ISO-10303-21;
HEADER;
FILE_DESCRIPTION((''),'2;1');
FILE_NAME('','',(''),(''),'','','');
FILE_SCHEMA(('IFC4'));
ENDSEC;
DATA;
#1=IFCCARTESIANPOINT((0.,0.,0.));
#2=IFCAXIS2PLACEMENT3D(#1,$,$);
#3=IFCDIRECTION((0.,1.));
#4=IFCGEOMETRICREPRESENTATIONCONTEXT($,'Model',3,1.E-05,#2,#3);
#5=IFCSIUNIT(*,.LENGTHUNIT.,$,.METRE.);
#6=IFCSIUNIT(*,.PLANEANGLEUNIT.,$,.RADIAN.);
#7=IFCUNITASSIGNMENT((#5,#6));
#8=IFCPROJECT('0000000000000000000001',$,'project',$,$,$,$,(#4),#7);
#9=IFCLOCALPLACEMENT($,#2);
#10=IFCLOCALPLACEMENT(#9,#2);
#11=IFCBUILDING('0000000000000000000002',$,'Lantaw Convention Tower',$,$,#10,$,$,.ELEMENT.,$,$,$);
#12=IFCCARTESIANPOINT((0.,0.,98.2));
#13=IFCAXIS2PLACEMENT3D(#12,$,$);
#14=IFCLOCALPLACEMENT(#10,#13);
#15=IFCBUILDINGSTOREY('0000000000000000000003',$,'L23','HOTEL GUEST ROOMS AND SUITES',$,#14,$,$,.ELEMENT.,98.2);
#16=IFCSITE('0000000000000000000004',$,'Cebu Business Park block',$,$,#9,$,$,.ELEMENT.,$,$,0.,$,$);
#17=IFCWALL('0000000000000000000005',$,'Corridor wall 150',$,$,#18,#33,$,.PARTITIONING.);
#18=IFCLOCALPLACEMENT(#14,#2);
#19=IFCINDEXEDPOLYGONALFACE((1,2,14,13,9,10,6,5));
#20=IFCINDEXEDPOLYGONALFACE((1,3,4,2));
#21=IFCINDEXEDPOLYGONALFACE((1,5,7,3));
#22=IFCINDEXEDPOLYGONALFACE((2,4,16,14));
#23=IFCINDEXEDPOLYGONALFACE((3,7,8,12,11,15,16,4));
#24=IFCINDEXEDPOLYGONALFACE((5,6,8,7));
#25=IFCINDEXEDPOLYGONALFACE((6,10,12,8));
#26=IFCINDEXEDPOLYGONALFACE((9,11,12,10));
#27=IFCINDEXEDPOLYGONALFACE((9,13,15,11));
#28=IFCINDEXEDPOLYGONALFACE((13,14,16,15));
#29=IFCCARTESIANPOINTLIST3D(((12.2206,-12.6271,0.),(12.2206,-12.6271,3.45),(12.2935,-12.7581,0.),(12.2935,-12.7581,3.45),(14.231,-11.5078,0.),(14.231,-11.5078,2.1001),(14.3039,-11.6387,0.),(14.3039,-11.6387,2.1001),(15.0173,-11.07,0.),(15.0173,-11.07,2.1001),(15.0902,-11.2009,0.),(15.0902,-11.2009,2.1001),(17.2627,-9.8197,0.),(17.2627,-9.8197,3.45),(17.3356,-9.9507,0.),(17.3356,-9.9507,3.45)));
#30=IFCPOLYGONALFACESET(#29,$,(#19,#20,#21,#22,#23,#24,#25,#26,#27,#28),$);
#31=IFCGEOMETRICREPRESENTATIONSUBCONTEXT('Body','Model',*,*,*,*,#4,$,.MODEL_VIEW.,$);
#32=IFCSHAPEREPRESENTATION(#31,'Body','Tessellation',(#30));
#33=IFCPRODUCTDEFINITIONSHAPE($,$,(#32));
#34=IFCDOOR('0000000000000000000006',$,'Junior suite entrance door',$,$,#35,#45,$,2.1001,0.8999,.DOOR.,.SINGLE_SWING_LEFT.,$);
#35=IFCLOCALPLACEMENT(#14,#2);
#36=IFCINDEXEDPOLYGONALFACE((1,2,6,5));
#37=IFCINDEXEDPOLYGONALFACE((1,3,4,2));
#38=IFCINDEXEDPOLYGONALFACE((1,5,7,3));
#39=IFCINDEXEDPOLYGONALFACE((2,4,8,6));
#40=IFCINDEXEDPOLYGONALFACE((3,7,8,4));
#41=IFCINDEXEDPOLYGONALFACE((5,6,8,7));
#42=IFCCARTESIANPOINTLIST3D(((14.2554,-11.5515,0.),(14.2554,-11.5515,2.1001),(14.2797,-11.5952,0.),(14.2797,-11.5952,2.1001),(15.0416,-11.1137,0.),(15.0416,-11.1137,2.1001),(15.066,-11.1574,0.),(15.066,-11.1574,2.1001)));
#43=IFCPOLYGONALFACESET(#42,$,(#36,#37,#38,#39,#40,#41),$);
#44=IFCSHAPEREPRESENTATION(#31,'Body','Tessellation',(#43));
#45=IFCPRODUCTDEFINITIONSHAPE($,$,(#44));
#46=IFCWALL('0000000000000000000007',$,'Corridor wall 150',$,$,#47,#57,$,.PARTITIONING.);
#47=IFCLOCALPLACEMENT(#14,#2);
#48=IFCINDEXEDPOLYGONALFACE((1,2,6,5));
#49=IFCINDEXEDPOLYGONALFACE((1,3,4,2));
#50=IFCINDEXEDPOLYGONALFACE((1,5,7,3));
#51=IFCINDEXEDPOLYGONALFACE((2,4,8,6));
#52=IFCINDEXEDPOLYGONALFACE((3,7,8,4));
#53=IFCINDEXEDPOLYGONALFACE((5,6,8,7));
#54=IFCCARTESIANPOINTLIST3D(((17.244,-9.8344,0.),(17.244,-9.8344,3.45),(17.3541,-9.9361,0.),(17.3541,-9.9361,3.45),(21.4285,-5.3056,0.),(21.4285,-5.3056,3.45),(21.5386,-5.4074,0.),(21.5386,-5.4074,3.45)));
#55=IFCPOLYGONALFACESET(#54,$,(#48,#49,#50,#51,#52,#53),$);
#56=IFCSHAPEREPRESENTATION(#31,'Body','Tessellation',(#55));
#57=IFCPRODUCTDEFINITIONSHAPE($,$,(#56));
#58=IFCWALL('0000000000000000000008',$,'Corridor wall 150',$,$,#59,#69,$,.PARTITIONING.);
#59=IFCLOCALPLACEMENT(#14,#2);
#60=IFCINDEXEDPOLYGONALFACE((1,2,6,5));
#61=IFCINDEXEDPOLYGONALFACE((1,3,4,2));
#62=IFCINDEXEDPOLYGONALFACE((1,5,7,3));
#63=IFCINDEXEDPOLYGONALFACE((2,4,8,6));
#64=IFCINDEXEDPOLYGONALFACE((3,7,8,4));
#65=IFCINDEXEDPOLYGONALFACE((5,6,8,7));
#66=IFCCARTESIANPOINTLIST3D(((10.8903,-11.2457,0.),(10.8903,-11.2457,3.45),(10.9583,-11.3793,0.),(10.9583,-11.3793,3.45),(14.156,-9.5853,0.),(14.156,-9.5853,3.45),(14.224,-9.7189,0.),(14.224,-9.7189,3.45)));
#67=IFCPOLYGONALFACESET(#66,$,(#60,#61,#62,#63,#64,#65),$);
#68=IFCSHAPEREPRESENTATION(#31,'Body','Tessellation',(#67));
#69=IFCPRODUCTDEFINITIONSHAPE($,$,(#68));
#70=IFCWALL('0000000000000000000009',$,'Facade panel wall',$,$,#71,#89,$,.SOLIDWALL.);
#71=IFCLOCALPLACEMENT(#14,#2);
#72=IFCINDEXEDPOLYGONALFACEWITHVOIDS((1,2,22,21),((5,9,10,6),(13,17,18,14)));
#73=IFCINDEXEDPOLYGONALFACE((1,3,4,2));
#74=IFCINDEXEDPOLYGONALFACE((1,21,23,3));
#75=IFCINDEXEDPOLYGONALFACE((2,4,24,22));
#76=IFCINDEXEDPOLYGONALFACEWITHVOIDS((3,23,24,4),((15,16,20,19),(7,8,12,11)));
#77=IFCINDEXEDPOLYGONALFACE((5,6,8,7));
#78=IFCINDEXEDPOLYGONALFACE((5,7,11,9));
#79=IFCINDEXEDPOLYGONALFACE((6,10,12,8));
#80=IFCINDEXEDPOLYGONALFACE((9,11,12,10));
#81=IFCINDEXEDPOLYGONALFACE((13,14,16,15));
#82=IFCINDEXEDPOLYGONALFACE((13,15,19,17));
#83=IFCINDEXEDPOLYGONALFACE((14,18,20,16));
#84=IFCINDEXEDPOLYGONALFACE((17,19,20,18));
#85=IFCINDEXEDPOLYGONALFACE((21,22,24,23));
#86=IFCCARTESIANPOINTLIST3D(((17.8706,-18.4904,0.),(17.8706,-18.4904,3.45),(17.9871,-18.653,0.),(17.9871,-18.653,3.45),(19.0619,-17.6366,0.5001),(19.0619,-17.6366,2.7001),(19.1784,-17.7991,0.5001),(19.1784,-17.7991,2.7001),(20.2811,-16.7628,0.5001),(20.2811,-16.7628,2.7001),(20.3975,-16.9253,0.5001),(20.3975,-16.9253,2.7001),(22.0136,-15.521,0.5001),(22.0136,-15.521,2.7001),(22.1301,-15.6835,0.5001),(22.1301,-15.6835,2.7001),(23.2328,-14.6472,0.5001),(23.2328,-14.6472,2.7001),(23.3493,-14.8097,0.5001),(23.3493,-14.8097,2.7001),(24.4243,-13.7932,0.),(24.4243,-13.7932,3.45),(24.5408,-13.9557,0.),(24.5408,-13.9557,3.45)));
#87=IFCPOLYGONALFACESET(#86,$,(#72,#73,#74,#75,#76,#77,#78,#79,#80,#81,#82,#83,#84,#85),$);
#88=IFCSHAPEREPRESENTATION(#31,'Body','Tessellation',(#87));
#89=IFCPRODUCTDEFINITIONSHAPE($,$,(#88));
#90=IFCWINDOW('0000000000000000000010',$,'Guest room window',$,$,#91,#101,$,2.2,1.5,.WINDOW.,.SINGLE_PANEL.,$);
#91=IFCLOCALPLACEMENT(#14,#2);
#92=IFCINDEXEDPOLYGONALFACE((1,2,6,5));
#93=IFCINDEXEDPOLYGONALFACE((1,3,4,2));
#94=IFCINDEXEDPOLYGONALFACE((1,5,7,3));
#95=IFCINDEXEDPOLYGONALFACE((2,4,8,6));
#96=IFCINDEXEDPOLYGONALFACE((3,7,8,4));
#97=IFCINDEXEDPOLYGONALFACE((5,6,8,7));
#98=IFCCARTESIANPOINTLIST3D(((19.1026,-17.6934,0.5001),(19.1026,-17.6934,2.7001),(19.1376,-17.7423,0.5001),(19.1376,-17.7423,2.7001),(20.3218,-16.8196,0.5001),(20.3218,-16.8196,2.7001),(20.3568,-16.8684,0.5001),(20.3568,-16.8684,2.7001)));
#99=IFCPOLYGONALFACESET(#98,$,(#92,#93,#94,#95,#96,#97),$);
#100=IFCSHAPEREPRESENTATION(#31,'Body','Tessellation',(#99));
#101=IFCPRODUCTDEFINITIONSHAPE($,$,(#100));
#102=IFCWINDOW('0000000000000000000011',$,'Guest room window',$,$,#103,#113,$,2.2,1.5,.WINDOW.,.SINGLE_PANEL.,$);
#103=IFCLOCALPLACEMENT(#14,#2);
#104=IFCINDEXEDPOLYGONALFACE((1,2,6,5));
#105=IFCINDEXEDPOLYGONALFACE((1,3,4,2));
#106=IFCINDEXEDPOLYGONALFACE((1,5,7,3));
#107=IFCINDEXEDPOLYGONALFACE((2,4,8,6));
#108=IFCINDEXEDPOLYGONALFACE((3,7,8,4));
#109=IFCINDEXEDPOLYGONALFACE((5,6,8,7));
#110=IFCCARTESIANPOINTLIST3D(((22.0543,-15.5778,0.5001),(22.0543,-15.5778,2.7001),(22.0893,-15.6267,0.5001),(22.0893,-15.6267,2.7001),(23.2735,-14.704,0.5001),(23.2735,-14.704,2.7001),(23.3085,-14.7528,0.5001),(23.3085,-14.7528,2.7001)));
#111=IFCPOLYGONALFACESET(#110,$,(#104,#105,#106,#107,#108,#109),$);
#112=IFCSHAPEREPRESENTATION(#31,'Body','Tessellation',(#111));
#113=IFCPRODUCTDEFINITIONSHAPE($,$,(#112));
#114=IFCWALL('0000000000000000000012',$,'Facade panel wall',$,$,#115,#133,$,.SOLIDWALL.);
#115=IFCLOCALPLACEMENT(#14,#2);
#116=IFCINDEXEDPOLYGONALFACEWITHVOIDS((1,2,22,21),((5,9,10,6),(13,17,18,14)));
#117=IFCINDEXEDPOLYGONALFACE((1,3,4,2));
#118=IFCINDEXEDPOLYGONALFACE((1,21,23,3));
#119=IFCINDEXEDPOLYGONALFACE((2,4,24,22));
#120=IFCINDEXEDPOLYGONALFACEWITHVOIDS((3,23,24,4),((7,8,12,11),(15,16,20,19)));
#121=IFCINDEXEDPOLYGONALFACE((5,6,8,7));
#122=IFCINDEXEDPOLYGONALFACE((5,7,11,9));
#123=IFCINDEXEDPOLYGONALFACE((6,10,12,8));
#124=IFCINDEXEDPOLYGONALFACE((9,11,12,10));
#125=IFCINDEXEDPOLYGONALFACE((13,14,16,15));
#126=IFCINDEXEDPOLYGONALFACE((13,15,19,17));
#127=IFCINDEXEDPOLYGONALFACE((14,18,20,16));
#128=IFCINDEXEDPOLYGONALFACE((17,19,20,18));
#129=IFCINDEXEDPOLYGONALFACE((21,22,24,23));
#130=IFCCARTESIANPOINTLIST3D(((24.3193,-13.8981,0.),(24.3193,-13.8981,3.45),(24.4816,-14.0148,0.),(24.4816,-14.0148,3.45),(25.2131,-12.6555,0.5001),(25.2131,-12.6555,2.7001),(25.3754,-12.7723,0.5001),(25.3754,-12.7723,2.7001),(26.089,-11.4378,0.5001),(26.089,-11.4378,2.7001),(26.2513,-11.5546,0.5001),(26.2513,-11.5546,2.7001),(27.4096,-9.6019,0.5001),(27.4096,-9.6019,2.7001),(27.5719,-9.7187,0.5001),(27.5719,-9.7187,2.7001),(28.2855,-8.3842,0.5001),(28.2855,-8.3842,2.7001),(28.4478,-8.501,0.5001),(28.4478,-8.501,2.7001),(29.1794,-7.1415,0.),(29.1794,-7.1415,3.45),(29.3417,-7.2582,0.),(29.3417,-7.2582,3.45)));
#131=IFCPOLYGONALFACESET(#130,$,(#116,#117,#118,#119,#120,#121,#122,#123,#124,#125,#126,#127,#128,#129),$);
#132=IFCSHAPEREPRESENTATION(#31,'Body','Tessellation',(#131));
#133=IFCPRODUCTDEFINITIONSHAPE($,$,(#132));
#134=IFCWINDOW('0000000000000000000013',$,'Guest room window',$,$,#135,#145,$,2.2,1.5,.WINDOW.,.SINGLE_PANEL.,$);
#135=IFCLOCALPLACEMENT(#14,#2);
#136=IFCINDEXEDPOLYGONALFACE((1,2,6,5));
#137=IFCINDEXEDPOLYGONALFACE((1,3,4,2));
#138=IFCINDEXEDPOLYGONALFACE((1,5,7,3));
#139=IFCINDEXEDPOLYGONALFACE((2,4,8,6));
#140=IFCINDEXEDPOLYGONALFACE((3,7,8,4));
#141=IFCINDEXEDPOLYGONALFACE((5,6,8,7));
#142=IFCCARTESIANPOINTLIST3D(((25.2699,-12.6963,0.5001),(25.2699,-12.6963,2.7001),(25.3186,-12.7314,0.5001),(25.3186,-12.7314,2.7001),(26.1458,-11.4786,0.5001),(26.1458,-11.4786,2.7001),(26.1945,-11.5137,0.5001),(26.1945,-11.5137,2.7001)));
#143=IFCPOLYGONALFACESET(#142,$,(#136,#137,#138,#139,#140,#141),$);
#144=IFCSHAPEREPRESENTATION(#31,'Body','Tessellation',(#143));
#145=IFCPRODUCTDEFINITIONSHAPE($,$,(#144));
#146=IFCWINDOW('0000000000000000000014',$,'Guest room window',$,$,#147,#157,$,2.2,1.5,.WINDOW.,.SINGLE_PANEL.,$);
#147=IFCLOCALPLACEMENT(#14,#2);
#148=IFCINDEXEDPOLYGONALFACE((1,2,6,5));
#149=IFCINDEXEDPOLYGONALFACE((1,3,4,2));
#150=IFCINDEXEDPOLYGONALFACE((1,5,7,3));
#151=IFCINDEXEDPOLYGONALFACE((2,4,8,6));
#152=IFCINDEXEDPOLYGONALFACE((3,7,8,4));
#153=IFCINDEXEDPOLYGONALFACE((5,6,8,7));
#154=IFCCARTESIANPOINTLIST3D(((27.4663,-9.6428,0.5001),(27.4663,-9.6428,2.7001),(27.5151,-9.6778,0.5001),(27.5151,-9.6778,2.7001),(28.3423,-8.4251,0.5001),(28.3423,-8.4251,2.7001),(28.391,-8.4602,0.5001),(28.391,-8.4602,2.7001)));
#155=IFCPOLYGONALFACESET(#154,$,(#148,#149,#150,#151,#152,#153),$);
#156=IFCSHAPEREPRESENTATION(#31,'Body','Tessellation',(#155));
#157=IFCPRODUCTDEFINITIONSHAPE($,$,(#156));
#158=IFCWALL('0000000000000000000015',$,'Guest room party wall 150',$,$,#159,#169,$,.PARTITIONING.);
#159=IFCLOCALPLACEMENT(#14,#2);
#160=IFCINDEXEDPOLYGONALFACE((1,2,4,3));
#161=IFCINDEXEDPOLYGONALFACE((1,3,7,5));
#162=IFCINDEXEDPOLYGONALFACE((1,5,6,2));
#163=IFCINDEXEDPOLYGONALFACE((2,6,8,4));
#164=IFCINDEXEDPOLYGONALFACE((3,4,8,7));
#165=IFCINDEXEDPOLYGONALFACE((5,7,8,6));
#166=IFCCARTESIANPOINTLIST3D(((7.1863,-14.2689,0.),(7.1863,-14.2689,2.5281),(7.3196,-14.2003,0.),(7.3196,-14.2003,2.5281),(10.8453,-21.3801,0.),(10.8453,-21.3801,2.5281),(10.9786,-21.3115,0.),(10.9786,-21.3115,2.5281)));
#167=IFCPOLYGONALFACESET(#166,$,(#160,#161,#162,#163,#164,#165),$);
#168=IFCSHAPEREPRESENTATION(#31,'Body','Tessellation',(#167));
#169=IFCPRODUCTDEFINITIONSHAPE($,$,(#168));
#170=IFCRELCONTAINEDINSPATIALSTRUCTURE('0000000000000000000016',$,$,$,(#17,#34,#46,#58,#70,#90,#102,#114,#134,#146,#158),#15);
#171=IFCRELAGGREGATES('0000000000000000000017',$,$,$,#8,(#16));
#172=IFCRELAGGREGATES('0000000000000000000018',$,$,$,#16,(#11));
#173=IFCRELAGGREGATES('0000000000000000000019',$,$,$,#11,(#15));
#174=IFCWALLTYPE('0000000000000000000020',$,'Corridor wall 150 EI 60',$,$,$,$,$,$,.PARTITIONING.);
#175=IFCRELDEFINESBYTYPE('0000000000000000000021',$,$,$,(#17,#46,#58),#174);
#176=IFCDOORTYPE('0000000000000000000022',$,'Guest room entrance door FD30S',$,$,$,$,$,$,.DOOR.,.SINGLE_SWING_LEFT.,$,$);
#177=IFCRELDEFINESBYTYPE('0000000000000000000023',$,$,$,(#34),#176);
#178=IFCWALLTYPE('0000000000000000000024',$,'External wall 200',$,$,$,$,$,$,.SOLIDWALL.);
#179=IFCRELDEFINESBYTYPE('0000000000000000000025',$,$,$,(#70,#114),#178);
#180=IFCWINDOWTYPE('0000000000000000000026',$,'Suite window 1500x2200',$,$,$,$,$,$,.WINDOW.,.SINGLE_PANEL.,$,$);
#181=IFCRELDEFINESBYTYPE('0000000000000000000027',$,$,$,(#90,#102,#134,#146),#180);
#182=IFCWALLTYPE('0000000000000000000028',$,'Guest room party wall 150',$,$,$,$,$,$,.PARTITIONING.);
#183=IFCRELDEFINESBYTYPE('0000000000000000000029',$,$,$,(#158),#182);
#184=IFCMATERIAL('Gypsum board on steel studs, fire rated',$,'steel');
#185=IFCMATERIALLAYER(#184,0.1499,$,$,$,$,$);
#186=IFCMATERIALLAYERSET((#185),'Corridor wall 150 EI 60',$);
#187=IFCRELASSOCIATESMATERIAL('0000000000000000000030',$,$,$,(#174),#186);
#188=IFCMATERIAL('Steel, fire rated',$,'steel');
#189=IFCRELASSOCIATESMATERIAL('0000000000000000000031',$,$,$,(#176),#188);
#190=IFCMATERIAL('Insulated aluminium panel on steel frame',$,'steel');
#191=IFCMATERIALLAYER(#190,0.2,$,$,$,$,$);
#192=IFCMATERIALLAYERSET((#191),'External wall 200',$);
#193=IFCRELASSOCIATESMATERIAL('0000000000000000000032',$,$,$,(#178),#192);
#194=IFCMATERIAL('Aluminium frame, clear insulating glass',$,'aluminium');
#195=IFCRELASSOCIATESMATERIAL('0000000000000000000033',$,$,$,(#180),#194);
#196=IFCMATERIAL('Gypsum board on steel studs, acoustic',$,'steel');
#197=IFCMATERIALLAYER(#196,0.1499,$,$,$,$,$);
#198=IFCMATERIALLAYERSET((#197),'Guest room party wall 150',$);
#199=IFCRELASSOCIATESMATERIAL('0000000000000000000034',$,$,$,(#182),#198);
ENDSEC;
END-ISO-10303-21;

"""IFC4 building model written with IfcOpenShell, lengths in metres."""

from ifc_helpers import new_model, si_unit, direction, frame, frame_2d, origin, place, context, subcontext, project, spatial, rectangle, extrude, material, layer, layer_set, type_object, element, fill, save


model = new_model("IFC4")

# Units and contexts
model_context = context("Model", 3, precision=1e-05, world=origin(), true_north=direction((0.0, 1.0)))
body_context = subcontext(model_context, "Body", "Model", "MODEL_VIEW")
ifc_project = project(units=[si_unit("LENGTHUNIT", "METRE"), si_unit("PLANEANGLEUNIT", "RADIAN")], contexts=[model_context])

# Site, building, storey
site_placement = place(None, origin())
site = spatial("IfcSite", under=ifc_project, at=site_placement, Name="Cebu Business Park block", CompositionType="ELEMENT", RefElevation=0.0)
building_placement = place(site_placement, origin())
building = spatial("IfcBuilding", under=site, at=building_placement, Name="Lantaw Convention Tower", CompositionType="ELEMENT")
storey_placement = place(building_placement, frame((0.0, 0.0, 98.2)))
storey = spatial("IfcBuildingStorey", under=building, at=storey_placement, Name="L23", Description="HOTEL GUEST ROOMS AND SUITES", CompositionType="ELEMENT", Elevation=98.2)

# Wall, opening, door
ifc_material_1 = material(Name="Steel, fire rated", Category="steel")
ifc_material_2 = material(Name="Gypsum board on steel studs, fire rated", Category="steel")
ifc_layer_1 = layer(ifc_material_2, 0.1499)
ifc_layer_set_1 = layer_set([ifc_layer_1], Name="Corridor wall 150 EI 60")
wall_type_1 = type_object("IfcWallType", Name="Corridor wall 150 EI 60", PredefinedType="PARTITIONING", material=ifc_layer_set_1)
wall_1_placement = place(storey_placement, frame((12.2571, -12.6926, 0.0), z_axis=(0.0, 0.0, 1.0), x_axis=(0.873696, 0.486472, 0.0)))
wall_1 = element("IfcWall", 1, at=wall_1_placement, inside=storey, type_object=wall_type_1, Name="Corridor wall 150", PredefinedType="PARTITIONING", context=body_context, shape_type="SweptSolid", body=[
    extrude(rectangle(XDim=5.771, YDim=0.1499, at=frame_2d((2.8855, 0.0))), origin(), (0.0, 0.0, 1.0), 3.45),
])
opening_1_placement = place(wall_1_placement, frame((2.301, 0.0, 0.0)))
opening_1 = element("IfcOpeningElement", 2, at=opening_1_placement, cuts=wall_1, PredefinedType="OPENING", context=body_context, shape_type="SweptSolid", body=[
    extrude(rectangle(XDim=0.8999, YDim=2.1001, at=frame_2d((0.45, 1.05))), frame((0.0, 0.085, 0.0), z_axis=(0.0, -1.0, 0.0), x_axis=(1.0, 0.0, 0.0)), (0.0, 0.0, 1.0), 0.1699),
])
door_type_1 = type_object("IfcDoorType", Name="Guest room entrance door FD30S", OperationType="SINGLE_SWING_LEFT", PredefinedType="DOOR", material=ifc_material_1)
door_1_placement = place(opening_1_placement, origin())
door_1 = element("IfcDoor", 3, at=door_1_placement, inside=storey, type_object=door_type_1, Name="Junior suite entrance door", OperationType="SINGLE_SWING_LEFT", OverallHeight=2.1001, OverallWidth=0.8999, PredefinedType="DOOR", context=body_context, shape_type="SweptSolid", body=[
    extrude(rectangle(XDim=0.8999, YDim=2.1001, at=frame_2d((0.45, 1.05))), frame((0.0, 0.0249, 0.0), z_axis=(0.0, -1.0, 0.0), x_axis=(1.0, 0.0, 0.0)), (0.0, 0.0, 1.0), 0.05),
])
fill(opening_1, door_1)

# Walls
wall_2_placement = place(storey_placement, frame((17.2991, -9.8853, 0.0), z_axis=(0.0, 0.0, 1.0), x_axis=(0.678642, 0.734469, 0.0)))
element("IfcWall", 4, at=wall_2_placement, inside=storey, type_object=wall_type_1, Name="Corridor wall 150", PredefinedType="PARTITIONING", context=body_context, shape_type="SweptSolid", body=[
    extrude(rectangle(XDim=6.166, YDim=0.1499, at=frame_2d((3.083, 0.0))), origin(), (0.0, 0.0, 1.0), 3.45),
])
wall_3_placement = place(storey_placement, frame((10.9243, -11.3125, 0.0), z_axis=(0.0, 0.0, 1.0), x_axis=(0.891395, 0.453228, 0.0)))
element("IfcWall", 5, at=wall_3_placement, inside=storey, type_object=wall_type_1, Name="Corridor wall 150", PredefinedType="PARTITIONING", context=body_context, shape_type="SweptSolid", body=[
    extrude(rectangle(XDim=3.6636, YDim=0.1499, at=frame_2d((1.8318, 0.0))), origin(), (0.0, 0.0, 1.0), 3.45),
])

# Walls, openings, windows
ifc_material_3 = material(Name="Insulated aluminium panel on steel frame", Category="steel")
ifc_layer_2 = layer(ifc_material_3, 0.2)
ifc_layer_set_2 = layer_set([ifc_layer_2], Name="External wall 200")
wall_type_2 = type_object("IfcWallType", Name="External wall 200", PredefinedType="SOLIDWALL", material=ifc_layer_set_2)
wall_4_placement = place(storey_placement, frame((17.9287, -18.5718, 0.0), z_axis=(0.0, 0.0, 1.0), x_axis=(0.812791, 0.582555, 0.0)))
wall_4 = element("IfcWall", 6, at=wall_4_placement, inside=storey, type_object=wall_type_2, Name="Facade panel wall", PredefinedType="SOLIDWALL", context=body_context, shape_type="SweptSolid", body=[
    extrude(rectangle(XDim=8.0632, YDim=0.2, at=frame_2d((4.0317, 0.0))), origin(), (0.0, 0.0, 1.0), 3.45),
])
opening_2_placement = place(wall_4_placement, frame((1.4658, 0.0, 0.5)))
opening_2 = element("IfcOpeningElement", 7, at=opening_2_placement, cuts=wall_4, PredefinedType="OPENING", context=body_context, shape_type="SweptSolid", body=[
    extrude(rectangle(XDim=1.5, YDim=2.2, at=frame_2d((0.75, 1.1001))), frame((0.0, 0.1099, 0.0), z_axis=(0.0, -1.0, 0.0), x_axis=(1.0, 0.0, 0.0)), (0.0, 0.0, 1.0), 0.22),
])
opening_3_placement = place(wall_4_placement, frame((5.0974, 0.0, 0.5)))
opening_3 = element("IfcOpeningElement", 8, at=opening_3_placement, cuts=wall_4, PredefinedType="OPENING", context=body_context, shape_type="SweptSolid", body=[
    extrude(rectangle(XDim=1.5, YDim=2.2, at=frame_2d((0.75, 1.1001))), frame((0.0, 0.1099, 0.0), z_axis=(0.0, -1.0, 0.0), x_axis=(1.0, 0.0, 0.0)), (0.0, 0.0, 1.0), 0.22),
])
ifc_material_4 = material(Name="Aluminium frame, clear insulating glass", Category="aluminium")
window_type = type_object("IfcWindowType", Name="Suite window 1500x2200", PartitioningType="SINGLE_PANEL", PredefinedType="WINDOW", material=ifc_material_4)
window_1_placement = place(opening_2_placement, origin())
window_1 = element("IfcWindow", 9, at=window_1_placement, inside=storey, type_object=window_type, Name="Guest room window", OverallHeight=2.2, OverallWidth=1.5, PartitioningType="SINGLE_PANEL", PredefinedType="WINDOW", context=body_context, shape_type="SweptSolid", body=[
    extrude(rectangle(XDim=1.5, YDim=2.2, at=frame_2d((0.75, 1.1001))), frame((0.0, 0.03, 0.0), z_axis=(0.0, -1.0, 0.0), x_axis=(1.0, 0.0, 0.0)), (0.0, 0.0, 1.0), 0.0601),
])
fill(opening_2, window_1)
window_2_placement = place(opening_3_placement, origin())
window_2 = element("IfcWindow", 10, at=window_2_placement, inside=storey, type_object=window_type, Name="Guest room window", OverallHeight=2.2, OverallWidth=1.5, PartitioningType="SINGLE_PANEL", PredefinedType="WINDOW", context=body_context, shape_type="SweptSolid", body=[
    extrude(rectangle(XDim=1.5, YDim=2.2, at=frame_2d((0.75, 1.1001))), frame((0.0, 0.03, 0.0), z_axis=(0.0, -1.0, 0.0), x_axis=(1.0, 0.0, 0.0)), (0.0, 0.0, 1.0), 0.0601),
])
fill(opening_3, window_2)
wall_5_placement = place(storey_placement, frame((24.4004, -13.9565, 0.0), z_axis=(0.0, 0.0, 1.0), x_axis=(0.583938, 0.811799, 0.0)))
wall_5 = element("IfcWall", 11, at=wall_5_placement, inside=storey, type_object=wall_type_2, Name="Facade panel wall", PredefinedType="SOLIDWALL", context=body_context, shape_type="SweptSolid", body=[
    extrude(rectangle(XDim=8.323, YDim=0.2, at=frame_2d((4.1616, 0.0))), origin(), (0.0, 0.0, 1.0), 3.45),
])
opening_4_placement = place(wall_5_placement, frame((1.5308, 0.0, 0.5)))
opening_4 = element("IfcOpeningElement", 12, at=opening_4_placement, cuts=wall_5, PredefinedType="OPENING", context=body_context, shape_type="SweptSolid", body=[
    extrude(rectangle(XDim=1.5, YDim=2.2, at=frame_2d((0.75, 1.1001))), frame((0.0, 0.1099, 0.0), z_axis=(0.0, -1.0, 0.0), x_axis=(1.0, 0.0, 0.0)), (0.0, 0.0, 1.0), 0.22),
])
opening_5_placement = place(wall_5_placement, frame((5.2922, 0.0, 0.5)))
opening_5 = element("IfcOpeningElement", 13, at=opening_5_placement, cuts=wall_5, PredefinedType="OPENING", context=body_context, shape_type="SweptSolid", body=[
    extrude(rectangle(XDim=1.5, YDim=2.2, at=frame_2d((0.75, 1.1001))), frame((0.0, 0.1099, 0.0), z_axis=(0.0, -1.0, 0.0), x_axis=(1.0, 0.0, 0.0)), (0.0, 0.0, 1.0), 0.22),
])
window_3_placement = place(opening_4_placement, origin())
window_3 = element("IfcWindow", 14, at=window_3_placement, inside=storey, type_object=window_type, Name="Guest room window", OverallHeight=2.2, OverallWidth=1.5, PartitioningType="SINGLE_PANEL", PredefinedType="WINDOW", context=body_context, shape_type="SweptSolid", body=[
    extrude(rectangle(XDim=1.5, YDim=2.2, at=frame_2d((0.75, 1.1001))), frame((0.0, 0.03, 0.0), z_axis=(0.0, -1.0, 0.0), x_axis=(1.0, 0.0, 0.0)), (0.0, 0.0, 1.0), 0.0601),
])
fill(opening_4, window_3)
window_4_placement = place(opening_5_placement, origin())
window_4 = element("IfcWindow", 15, at=window_4_placement, inside=storey, type_object=window_type, Name="Guest room window", OverallHeight=2.2, OverallWidth=1.5, PartitioningType="SINGLE_PANEL", PredefinedType="WINDOW", context=body_context, shape_type="SweptSolid", body=[
    extrude(rectangle(XDim=1.5, YDim=2.2, at=frame_2d((0.75, 1.1001))), frame((0.0, 0.03, 0.0), z_axis=(0.0, -1.0, 0.0), x_axis=(1.0, 0.0, 0.0)), (0.0, 0.0, 1.0), 0.0601),
])
fill(opening_5, window_4)

# Wall
ifc_material_5 = material(Name="Gypsum board on steel studs, acoustic", Category="steel")
ifc_layer_3 = layer(ifc_material_5, 0.1499)
ifc_layer_set_3 = layer_set([ifc_layer_3], Name="Guest room party wall 150")
wall_type_3 = type_object("IfcWallType", Name="Guest room party wall 150", PredefinedType="PARTITIONING", material=ifc_layer_set_3)
wall_6_placement = place(storey_placement, frame((10.9119, -21.3457, 0.0), z_axis=(0.0, 0.0, 1.0), x_axis=(-0.457527, 0.889196, 0.0)))
element("IfcWall", 16, at=wall_6_placement, inside=storey, type_object=wall_type_3, Name="Guest room party wall 150", PredefinedType="PARTITIONING", context=body_context, shape_type="SweptSolid", body=[
    extrude(rectangle(XDim=7.9973, YDim=0.1499, at=frame_2d((3.9985, 0.0))), origin(), (0.0, 0.0, 1.0), 2.5281),
])

save(model, "model.ifc")
